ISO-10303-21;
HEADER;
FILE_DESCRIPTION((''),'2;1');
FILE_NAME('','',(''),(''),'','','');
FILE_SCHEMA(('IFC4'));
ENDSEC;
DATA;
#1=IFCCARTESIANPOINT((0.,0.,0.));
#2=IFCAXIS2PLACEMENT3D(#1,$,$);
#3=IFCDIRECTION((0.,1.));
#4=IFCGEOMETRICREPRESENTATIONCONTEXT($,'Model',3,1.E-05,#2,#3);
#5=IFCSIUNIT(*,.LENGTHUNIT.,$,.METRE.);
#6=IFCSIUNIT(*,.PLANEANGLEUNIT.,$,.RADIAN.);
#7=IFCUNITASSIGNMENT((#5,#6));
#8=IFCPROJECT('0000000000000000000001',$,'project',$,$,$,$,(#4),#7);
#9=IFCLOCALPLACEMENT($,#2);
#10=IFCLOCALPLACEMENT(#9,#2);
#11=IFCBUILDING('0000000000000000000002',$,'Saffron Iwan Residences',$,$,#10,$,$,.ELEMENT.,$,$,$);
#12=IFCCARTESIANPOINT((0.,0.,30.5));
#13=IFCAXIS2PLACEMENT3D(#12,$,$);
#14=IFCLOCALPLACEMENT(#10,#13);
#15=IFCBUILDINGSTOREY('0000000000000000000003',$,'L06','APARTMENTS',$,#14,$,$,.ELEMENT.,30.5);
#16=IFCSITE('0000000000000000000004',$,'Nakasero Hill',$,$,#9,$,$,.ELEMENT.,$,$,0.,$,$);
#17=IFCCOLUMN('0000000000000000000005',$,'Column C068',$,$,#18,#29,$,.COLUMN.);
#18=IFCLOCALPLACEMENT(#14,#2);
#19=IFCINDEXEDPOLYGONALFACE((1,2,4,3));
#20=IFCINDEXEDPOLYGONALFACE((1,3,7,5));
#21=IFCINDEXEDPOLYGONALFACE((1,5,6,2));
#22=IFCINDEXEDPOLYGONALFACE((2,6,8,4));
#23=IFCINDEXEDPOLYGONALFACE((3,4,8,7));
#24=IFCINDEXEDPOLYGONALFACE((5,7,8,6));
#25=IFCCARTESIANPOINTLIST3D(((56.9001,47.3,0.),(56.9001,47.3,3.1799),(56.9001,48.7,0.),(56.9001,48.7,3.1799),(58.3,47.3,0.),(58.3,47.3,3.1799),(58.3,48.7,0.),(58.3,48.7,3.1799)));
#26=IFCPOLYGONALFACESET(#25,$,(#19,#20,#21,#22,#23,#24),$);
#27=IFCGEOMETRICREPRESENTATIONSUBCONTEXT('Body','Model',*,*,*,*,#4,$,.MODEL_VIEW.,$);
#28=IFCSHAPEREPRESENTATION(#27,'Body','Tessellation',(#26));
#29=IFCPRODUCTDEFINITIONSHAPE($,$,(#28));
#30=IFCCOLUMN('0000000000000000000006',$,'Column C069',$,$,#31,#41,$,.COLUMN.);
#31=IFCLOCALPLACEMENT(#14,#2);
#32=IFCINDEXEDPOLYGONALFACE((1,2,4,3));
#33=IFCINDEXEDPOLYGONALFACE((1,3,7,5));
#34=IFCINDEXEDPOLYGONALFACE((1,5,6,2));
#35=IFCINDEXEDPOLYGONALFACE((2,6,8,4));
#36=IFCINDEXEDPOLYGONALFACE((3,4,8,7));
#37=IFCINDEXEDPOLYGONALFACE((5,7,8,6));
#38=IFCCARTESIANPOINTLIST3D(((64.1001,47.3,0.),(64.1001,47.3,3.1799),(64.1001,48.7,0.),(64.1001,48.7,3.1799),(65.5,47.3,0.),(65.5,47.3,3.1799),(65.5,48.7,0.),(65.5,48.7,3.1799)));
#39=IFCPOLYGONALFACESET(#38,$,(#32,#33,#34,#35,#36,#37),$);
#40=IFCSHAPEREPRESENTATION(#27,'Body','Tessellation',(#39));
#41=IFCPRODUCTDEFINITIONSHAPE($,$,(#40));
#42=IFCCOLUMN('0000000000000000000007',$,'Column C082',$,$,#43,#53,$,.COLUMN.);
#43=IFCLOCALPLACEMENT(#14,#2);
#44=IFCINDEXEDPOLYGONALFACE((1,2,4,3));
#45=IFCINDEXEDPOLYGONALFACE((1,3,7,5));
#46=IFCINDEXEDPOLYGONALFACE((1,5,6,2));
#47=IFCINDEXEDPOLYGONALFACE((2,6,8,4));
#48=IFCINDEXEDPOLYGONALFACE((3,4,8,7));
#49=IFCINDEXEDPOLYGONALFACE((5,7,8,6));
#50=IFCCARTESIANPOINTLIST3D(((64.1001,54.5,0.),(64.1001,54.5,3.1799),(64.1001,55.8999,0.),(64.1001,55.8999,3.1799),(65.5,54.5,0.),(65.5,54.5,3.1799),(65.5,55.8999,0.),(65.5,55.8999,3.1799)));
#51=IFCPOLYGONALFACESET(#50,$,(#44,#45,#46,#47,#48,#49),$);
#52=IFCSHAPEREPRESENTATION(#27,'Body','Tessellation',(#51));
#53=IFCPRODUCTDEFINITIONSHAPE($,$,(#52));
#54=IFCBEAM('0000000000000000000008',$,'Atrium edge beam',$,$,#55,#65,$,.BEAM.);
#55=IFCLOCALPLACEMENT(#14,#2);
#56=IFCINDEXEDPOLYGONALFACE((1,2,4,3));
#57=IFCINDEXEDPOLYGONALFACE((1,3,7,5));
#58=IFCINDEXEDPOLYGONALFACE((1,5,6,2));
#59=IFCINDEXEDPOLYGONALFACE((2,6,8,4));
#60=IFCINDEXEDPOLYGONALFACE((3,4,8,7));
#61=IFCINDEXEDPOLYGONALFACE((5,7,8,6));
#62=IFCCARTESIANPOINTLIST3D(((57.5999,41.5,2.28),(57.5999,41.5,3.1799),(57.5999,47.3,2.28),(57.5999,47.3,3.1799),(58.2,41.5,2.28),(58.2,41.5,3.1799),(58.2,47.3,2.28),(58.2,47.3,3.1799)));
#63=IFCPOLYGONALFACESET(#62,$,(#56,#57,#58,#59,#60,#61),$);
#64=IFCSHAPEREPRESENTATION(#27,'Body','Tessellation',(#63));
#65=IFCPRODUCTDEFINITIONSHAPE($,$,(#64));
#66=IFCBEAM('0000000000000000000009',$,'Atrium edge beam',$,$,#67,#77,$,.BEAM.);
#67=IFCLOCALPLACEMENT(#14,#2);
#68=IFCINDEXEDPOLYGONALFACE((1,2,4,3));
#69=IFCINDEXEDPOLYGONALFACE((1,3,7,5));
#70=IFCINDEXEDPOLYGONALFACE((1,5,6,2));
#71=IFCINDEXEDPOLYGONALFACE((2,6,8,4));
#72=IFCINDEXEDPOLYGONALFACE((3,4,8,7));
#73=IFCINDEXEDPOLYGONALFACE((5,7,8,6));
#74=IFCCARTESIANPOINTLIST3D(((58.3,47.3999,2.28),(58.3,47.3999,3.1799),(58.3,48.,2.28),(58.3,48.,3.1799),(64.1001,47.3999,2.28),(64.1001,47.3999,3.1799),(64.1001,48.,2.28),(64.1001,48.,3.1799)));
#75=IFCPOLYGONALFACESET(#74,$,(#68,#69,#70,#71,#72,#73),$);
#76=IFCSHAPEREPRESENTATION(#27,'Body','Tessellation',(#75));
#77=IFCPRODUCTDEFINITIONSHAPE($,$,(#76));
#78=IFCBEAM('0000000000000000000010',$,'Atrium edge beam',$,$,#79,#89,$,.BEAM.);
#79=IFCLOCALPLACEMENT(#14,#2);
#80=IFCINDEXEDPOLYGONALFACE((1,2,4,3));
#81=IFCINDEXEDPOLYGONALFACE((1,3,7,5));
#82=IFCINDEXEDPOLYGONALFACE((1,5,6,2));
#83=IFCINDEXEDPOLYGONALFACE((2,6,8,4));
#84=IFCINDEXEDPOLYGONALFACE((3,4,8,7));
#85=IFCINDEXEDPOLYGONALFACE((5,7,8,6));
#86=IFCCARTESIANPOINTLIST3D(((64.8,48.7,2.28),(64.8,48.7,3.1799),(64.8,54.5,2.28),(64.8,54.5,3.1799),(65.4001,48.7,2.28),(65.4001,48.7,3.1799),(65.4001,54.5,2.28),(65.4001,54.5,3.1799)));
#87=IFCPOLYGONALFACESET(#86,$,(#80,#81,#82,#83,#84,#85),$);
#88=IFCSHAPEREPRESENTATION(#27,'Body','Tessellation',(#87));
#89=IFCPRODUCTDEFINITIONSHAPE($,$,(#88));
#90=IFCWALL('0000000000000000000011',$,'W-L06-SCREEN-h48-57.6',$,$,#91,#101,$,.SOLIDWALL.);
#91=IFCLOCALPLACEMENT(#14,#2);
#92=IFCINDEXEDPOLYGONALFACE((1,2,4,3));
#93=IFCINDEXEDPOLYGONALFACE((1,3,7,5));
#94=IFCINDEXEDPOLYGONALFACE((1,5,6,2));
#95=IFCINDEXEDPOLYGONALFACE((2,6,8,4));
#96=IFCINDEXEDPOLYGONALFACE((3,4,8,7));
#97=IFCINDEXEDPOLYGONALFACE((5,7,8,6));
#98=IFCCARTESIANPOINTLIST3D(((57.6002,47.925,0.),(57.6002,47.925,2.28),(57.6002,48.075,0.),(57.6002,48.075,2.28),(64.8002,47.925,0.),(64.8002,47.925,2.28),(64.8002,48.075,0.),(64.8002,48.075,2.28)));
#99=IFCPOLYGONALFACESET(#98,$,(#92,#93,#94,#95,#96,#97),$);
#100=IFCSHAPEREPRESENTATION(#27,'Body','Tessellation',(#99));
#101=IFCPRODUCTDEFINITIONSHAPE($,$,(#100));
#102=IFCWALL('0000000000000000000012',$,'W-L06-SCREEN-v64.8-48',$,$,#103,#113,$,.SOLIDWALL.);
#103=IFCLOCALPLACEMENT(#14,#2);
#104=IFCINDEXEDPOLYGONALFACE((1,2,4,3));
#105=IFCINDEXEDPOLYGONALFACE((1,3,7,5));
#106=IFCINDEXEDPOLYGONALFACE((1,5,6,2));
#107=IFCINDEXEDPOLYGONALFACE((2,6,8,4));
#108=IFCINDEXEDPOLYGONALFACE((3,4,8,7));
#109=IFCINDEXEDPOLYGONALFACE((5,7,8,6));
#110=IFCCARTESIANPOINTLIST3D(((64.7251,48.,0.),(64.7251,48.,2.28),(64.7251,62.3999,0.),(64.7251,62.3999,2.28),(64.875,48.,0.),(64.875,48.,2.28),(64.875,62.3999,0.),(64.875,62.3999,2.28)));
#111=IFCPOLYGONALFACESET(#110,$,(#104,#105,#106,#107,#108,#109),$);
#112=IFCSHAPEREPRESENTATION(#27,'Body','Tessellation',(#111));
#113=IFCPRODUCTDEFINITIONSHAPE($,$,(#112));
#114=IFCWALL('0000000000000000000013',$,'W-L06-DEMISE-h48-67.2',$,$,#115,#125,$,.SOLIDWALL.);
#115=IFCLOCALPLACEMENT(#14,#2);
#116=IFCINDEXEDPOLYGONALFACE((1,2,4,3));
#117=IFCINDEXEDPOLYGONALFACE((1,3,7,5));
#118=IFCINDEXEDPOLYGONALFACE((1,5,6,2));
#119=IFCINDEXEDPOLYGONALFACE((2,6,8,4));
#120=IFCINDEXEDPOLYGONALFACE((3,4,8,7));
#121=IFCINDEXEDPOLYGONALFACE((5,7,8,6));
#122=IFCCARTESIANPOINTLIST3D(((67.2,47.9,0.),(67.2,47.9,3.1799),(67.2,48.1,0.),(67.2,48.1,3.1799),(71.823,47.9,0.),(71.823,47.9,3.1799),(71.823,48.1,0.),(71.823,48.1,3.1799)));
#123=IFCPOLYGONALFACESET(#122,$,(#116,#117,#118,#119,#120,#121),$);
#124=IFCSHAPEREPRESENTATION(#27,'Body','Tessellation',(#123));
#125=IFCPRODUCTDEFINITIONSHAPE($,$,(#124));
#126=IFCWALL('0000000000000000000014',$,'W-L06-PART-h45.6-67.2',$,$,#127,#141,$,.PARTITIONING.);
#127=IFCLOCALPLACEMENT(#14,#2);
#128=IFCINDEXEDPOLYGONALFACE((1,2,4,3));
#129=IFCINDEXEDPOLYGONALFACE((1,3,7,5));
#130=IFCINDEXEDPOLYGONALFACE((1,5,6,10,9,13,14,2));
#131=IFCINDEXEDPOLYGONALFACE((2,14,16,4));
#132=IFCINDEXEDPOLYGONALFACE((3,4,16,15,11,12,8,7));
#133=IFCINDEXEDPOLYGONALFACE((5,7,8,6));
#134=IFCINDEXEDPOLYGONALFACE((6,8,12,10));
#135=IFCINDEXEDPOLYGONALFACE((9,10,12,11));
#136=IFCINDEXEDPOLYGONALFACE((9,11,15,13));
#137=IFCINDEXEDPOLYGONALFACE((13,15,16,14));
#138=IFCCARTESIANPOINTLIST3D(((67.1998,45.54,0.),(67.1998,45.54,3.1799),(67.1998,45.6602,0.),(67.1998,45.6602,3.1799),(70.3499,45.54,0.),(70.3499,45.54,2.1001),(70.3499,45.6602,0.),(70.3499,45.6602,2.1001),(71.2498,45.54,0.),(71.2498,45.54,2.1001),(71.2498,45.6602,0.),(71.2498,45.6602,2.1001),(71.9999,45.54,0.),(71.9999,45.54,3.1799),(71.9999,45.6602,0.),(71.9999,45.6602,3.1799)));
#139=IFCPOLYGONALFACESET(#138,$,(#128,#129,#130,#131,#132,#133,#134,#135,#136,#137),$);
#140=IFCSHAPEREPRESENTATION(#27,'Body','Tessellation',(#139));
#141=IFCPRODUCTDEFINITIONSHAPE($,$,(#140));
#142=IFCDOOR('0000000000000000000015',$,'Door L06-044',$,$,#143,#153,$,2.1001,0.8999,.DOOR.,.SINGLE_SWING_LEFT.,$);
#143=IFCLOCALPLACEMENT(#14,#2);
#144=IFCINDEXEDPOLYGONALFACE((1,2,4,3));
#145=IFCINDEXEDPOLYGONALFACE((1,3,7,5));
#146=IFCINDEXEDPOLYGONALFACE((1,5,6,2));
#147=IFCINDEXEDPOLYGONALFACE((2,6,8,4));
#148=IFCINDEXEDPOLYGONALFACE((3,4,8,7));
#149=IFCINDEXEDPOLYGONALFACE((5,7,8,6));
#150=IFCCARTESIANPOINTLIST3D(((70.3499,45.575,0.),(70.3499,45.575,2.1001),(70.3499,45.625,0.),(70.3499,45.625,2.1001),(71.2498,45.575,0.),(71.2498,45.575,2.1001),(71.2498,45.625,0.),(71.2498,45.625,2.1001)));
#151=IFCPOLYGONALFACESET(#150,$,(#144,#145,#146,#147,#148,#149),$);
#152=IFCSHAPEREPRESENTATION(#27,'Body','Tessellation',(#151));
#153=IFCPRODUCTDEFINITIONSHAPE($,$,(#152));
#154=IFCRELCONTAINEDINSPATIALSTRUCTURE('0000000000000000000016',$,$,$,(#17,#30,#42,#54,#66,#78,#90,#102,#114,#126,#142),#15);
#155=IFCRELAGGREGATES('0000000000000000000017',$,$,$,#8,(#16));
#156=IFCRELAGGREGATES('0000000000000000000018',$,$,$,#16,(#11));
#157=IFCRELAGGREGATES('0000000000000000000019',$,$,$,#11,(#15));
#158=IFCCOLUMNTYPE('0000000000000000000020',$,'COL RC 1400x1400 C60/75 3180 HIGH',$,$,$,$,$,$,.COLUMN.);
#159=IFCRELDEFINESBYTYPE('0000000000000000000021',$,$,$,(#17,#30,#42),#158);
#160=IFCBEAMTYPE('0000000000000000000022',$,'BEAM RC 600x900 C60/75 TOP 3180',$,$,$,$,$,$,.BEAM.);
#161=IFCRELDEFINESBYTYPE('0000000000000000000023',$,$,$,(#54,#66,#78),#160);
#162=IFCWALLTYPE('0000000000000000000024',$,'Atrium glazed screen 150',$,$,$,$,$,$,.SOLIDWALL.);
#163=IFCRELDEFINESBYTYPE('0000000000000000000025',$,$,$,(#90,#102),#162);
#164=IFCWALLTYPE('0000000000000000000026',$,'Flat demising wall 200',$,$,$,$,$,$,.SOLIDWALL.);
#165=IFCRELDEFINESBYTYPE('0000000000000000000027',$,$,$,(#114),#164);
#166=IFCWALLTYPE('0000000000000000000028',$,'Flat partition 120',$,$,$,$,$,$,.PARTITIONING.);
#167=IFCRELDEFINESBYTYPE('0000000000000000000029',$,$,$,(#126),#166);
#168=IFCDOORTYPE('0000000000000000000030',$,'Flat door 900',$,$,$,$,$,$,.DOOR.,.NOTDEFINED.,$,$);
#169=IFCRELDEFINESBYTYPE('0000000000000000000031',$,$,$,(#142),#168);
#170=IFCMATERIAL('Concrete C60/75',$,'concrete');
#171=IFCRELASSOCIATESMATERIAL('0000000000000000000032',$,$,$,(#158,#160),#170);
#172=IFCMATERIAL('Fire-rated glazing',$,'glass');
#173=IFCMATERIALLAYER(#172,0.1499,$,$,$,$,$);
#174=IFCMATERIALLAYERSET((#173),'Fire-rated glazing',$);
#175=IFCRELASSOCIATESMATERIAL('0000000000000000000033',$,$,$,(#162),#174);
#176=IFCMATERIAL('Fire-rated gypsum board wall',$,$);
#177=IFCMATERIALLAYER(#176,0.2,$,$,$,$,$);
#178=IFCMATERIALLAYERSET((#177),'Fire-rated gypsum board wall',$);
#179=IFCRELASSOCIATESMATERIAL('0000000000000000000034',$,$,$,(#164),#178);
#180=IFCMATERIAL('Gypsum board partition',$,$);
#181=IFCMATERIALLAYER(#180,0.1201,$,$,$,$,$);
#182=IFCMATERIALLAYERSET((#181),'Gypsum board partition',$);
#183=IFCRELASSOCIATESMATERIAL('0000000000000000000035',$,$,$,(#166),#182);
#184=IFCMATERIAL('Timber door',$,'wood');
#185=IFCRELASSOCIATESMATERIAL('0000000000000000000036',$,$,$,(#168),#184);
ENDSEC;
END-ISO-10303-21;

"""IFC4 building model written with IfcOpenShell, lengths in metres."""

from ifc_helpers import new_model, si_unit, direction, frame, frame_2d, origin, origin_2d, place, context, subcontext, project, spatial, rectangle, extrude, source, transform, mapped, material, layer, layer_set, material_profile, profile_set, type_object, element, fill, save


model = new_model("IFC4")

# Units and contexts
model_context = context("Model", 3, precision=1e-05, world=origin(), true_north=direction((0.0, 1.0)))
body_context = subcontext(model_context, "Body", "Model", "MODEL_VIEW")
ifc_project = project(units=[si_unit("LENGTHUNIT", "METRE"), si_unit("PLANEANGLEUNIT", "RADIAN")], contexts=[model_context])

# Site, building, storey
site_placement = place(None, origin())
site = spatial("IfcSite", under=ifc_project, at=site_placement, Name="Nakasero Hill", CompositionType="ELEMENT", RefElevation=0.0)
building_placement = place(site_placement, origin())
building = spatial("IfcBuilding", under=site, at=building_placement, Name="Saffron Iwan Residences", CompositionType="ELEMENT")
storey_placement = place(building_placement, frame((0.0, 0.0, 30.5)))
storey = spatial("IfcBuildingStorey", under=building, at=storey_placement, Name="L06", Description="APARTMENTS", CompositionType="ELEMENT", Elevation=30.5)

# Columns
ifc_material_1 = material(Name="Concrete C60/75", Category="concrete")
ifc_material_profile_1 = material_profile(ifc_material_1, rectangle(XDim=1.3999, YDim=1.3999, at=origin_2d()), Name="RC 1400x1400")
ifc_profile_set_1 = profile_set([ifc_material_profile_1], Name="Concrete C60/75")
column_type = type_object("IfcColumnType", Name="COL RC 1400x1400 C60/75 3180 HIGH", PredefinedType="COLUMN", material=ifc_profile_set_1)
shared_shape_1 = source(origin(), body_context, "Body", "SweptSolid", [
    extrude(rectangle(XDim=1.3999, YDim=1.3999, at=origin_2d()), origin(), (0.0, 0.0, 1.0), 3.1799),
])
for number, where, z_axis, x_axis, name in (
    (1, (57.6001, 48.0, 0.0), (0.0, 0.0, 1.0), (1.0, 0.0, 0.0), "Column C068"),
    (2, (64.8, 48.0, 0.0), (0.0, 0.0, 1.0), (1.0, 0.0, 0.0), "Column C069"),
    (3, (64.8, 55.2, 0.0), (0.0, 0.0, 1.0), (1.0, 0.0, 0.0), "Column C082"),
):
    element("IfcColumn", number, at=place(storey_placement, frame(where, z_axis=z_axis, x_axis=x_axis)), inside=storey, type_object=column_type, Name=name, PredefinedType="COLUMN", context=body_context, shape_type="MappedRepresentation", body=[
        mapped(shared_shape_1, transform((0.0, 0.0, 0.0))),
    ])

# Beams
ifc_material_profile_2 = material_profile(ifc_material_1, rectangle(XDim=0.6001, YDim=0.8999, at=origin_2d()), Name="RC 600x900")
ifc_profile_set_2 = profile_set([ifc_material_profile_2], Name="Concrete C60/75")
beam_type = type_object("IfcBeamType", Name="BEAM RC 600x900 C60/75 TOP 3180", PredefinedType="BEAM", material=ifc_profile_set_2)
shared_shape_2 = source(origin(), body_context, "Body", "SweptSolid", [
    extrude(rectangle(XDim=0.6001, YDim=0.8999, at=origin_2d()), origin(), (0.0, 0.0, 1.0), 5.8),
])
for number, where, z_axis, x_axis, name in (
    (4, (57.8999, 47.3, 2.73), (0.0, -1.0, 0.0), (1.0, 0.0, 0.0), "Atrium edge beam"),
    (5, (64.1001, 47.7, 2.73), (-1.0, 0.0, 0.0), (0.0, -1.0, 0.0), "Atrium edge beam"),
    (6, (65.1001, 54.5, 2.73), (0.0, -1.0, 0.0), (1.0, 0.0, 0.0), "Atrium edge beam"),
):
    element("IfcBeam", number, at=place(storey_placement, frame(where, z_axis=z_axis, x_axis=x_axis)), inside=storey, type_object=beam_type, Name=name, PredefinedType="BEAM", context=body_context, shape_type="MappedRepresentation", body=[
        mapped(shared_shape_2, transform((0.0, 0.0, 0.0))),
    ])

# Walls
ifc_material_2 = material(Name="Fire-rated glazing", Category="glass")
ifc_layer_1 = layer(ifc_material_2, 0.1499)
ifc_layer_set_1 = layer_set([ifc_layer_1], Name="Fire-rated glazing")
wall_type_1 = type_object("IfcWallType", Name="Atrium glazed screen 150", PredefinedType="SOLIDWALL", material=ifc_layer_set_1)
wall_1_placement = place(storey_placement, frame((57.6001, 48.0, 0.0), z_axis=(0.0, 0.0, 1.0), x_axis=(1.0, 0.0, 0.0)))
element("IfcWall", 7, at=wall_1_placement, inside=storey, type_object=wall_type_1, Name="W-L06-SCREEN-h48-57.6", PredefinedType="SOLIDWALL", context=body_context, shape_type="SweptSolid", body=[
    extrude(rectangle(XDim=7.2, YDim=0.1499, at=frame_2d((3.6001, 0.0))), origin(), (0.0, 0.0, 1.0), 2.28),
])
wall_2_placement = place(storey_placement, frame((64.8, 48.0, 0.0), z_axis=(0.0, 0.0, 1.0), x_axis=(0.0, 1.0, 0.0)))
element("IfcWall", 8, at=wall_2_placement, inside=storey, type_object=wall_type_1, Name="W-L06-SCREEN-v64.8-48", PredefinedType="SOLIDWALL", context=body_context, shape_type="SweptSolid", body=[
    extrude(rectangle(XDim=14.3999, YDim=0.1499, at=frame_2d((7.2, 0.0))), origin(), (0.0, 0.0, 1.0), 2.28),
])
ifc_material_3 = material(Name="Fire-rated gypsum board wall")
ifc_layer_2 = layer(ifc_material_3, 0.2)
ifc_layer_set_2 = layer_set([ifc_layer_2], Name="Fire-rated gypsum board wall")
wall_type_2 = type_object("IfcWallType", Name="Flat demising wall 200", PredefinedType="SOLIDWALL", material=ifc_layer_set_2)
wall_3_placement = place(storey_placement, frame((67.2, 48.0, 0.0), z_axis=(0.0, 0.0, 1.0), x_axis=(1.0, 0.0, 0.0)))
element("IfcWall", 9, at=wall_3_placement, inside=storey, type_object=wall_type_2, Name="W-L06-DEMISE-h48-67.2", PredefinedType="SOLIDWALL", context=body_context, shape_type="SweptSolid", body=[
    extrude(rectangle(XDim=4.623, YDim=0.2, at=frame_2d((2.3115, 0.0))), origin(), (0.0, 0.0, 1.0), 3.1799),
])

# Wall, opening, door
ifc_material_4 = material(Name="Gypsum board partition")
ifc_layer_3 = layer(ifc_material_4, 0.1201)
ifc_layer_set_3 = layer_set([ifc_layer_3], Name="Gypsum board partition")
wall_type_3 = type_object("IfcWallType", Name="Flat partition 120", PredefinedType="PARTITIONING", material=ifc_layer_set_3)
wall_4_placement = place(storey_placement, frame((67.2, 45.6001, 0.0), z_axis=(0.0, 0.0, 1.0), x_axis=(1.0, 0.0, 0.0)))
wall_4 = element("IfcWall", 10, at=wall_4_placement, inside=storey, type_object=wall_type_3, Name="W-L06-PART-h45.6-67.2", PredefinedType="PARTITIONING", context=body_context, shape_type="SweptSolid", body=[
    extrude(rectangle(XDim=4.8, YDim=0.1201, at=frame_2d((2.3999, 0.0))), origin(), (0.0, 0.0, 1.0), 3.1799),
])
opening_1_placement = place(wall_4_placement, frame((3.1499, 0.0, 0.0)))
opening_1 = element("IfcOpeningElement", 11, at=opening_1_placement, cuts=wall_4, PredefinedType="OPENING", context=body_context, shape_type="SweptSolid", body=[
    extrude(rectangle(XDim=0.8999, YDim=2.1001, at=frame_2d((0.45, 1.05))), frame((0.0, 0.0701, 0.0), z_axis=(0.0, -1.0, 0.0), x_axis=(1.0, 0.0, 0.0)), (0.0, 0.0, 1.0), 0.1401),
])
ifc_material_5 = material(Name="Timber door", Category="wood")
door_type_1 = type_object("IfcDoorType", Name="Flat door 900", OperationType="NOTDEFINED", PredefinedType="DOOR", material=ifc_material_5)
door_1_placement = place(opening_1_placement, origin())
door_1 = element("IfcDoor", 12, at=door_1_placement, inside=storey, type_object=door_type_1, Name="Door L06-044", OperationType="SINGLE_SWING_LEFT", OverallHeight=2.1001, OverallWidth=0.8999, PredefinedType="DOOR", context=body_context, shape_type="SweptSolid", body=[
    extrude(rectangle(XDim=0.8999, YDim=2.1001, at=frame_2d((0.45, 1.05))), frame((0.0, 0.0249, 0.0), z_axis=(0.0, -1.0, 0.0), x_axis=(1.0, 0.0, 0.0)), (0.0, 0.0, 1.0), 0.05),
])
fill(opening_1, door_1)

save(model, "model.ifc")
